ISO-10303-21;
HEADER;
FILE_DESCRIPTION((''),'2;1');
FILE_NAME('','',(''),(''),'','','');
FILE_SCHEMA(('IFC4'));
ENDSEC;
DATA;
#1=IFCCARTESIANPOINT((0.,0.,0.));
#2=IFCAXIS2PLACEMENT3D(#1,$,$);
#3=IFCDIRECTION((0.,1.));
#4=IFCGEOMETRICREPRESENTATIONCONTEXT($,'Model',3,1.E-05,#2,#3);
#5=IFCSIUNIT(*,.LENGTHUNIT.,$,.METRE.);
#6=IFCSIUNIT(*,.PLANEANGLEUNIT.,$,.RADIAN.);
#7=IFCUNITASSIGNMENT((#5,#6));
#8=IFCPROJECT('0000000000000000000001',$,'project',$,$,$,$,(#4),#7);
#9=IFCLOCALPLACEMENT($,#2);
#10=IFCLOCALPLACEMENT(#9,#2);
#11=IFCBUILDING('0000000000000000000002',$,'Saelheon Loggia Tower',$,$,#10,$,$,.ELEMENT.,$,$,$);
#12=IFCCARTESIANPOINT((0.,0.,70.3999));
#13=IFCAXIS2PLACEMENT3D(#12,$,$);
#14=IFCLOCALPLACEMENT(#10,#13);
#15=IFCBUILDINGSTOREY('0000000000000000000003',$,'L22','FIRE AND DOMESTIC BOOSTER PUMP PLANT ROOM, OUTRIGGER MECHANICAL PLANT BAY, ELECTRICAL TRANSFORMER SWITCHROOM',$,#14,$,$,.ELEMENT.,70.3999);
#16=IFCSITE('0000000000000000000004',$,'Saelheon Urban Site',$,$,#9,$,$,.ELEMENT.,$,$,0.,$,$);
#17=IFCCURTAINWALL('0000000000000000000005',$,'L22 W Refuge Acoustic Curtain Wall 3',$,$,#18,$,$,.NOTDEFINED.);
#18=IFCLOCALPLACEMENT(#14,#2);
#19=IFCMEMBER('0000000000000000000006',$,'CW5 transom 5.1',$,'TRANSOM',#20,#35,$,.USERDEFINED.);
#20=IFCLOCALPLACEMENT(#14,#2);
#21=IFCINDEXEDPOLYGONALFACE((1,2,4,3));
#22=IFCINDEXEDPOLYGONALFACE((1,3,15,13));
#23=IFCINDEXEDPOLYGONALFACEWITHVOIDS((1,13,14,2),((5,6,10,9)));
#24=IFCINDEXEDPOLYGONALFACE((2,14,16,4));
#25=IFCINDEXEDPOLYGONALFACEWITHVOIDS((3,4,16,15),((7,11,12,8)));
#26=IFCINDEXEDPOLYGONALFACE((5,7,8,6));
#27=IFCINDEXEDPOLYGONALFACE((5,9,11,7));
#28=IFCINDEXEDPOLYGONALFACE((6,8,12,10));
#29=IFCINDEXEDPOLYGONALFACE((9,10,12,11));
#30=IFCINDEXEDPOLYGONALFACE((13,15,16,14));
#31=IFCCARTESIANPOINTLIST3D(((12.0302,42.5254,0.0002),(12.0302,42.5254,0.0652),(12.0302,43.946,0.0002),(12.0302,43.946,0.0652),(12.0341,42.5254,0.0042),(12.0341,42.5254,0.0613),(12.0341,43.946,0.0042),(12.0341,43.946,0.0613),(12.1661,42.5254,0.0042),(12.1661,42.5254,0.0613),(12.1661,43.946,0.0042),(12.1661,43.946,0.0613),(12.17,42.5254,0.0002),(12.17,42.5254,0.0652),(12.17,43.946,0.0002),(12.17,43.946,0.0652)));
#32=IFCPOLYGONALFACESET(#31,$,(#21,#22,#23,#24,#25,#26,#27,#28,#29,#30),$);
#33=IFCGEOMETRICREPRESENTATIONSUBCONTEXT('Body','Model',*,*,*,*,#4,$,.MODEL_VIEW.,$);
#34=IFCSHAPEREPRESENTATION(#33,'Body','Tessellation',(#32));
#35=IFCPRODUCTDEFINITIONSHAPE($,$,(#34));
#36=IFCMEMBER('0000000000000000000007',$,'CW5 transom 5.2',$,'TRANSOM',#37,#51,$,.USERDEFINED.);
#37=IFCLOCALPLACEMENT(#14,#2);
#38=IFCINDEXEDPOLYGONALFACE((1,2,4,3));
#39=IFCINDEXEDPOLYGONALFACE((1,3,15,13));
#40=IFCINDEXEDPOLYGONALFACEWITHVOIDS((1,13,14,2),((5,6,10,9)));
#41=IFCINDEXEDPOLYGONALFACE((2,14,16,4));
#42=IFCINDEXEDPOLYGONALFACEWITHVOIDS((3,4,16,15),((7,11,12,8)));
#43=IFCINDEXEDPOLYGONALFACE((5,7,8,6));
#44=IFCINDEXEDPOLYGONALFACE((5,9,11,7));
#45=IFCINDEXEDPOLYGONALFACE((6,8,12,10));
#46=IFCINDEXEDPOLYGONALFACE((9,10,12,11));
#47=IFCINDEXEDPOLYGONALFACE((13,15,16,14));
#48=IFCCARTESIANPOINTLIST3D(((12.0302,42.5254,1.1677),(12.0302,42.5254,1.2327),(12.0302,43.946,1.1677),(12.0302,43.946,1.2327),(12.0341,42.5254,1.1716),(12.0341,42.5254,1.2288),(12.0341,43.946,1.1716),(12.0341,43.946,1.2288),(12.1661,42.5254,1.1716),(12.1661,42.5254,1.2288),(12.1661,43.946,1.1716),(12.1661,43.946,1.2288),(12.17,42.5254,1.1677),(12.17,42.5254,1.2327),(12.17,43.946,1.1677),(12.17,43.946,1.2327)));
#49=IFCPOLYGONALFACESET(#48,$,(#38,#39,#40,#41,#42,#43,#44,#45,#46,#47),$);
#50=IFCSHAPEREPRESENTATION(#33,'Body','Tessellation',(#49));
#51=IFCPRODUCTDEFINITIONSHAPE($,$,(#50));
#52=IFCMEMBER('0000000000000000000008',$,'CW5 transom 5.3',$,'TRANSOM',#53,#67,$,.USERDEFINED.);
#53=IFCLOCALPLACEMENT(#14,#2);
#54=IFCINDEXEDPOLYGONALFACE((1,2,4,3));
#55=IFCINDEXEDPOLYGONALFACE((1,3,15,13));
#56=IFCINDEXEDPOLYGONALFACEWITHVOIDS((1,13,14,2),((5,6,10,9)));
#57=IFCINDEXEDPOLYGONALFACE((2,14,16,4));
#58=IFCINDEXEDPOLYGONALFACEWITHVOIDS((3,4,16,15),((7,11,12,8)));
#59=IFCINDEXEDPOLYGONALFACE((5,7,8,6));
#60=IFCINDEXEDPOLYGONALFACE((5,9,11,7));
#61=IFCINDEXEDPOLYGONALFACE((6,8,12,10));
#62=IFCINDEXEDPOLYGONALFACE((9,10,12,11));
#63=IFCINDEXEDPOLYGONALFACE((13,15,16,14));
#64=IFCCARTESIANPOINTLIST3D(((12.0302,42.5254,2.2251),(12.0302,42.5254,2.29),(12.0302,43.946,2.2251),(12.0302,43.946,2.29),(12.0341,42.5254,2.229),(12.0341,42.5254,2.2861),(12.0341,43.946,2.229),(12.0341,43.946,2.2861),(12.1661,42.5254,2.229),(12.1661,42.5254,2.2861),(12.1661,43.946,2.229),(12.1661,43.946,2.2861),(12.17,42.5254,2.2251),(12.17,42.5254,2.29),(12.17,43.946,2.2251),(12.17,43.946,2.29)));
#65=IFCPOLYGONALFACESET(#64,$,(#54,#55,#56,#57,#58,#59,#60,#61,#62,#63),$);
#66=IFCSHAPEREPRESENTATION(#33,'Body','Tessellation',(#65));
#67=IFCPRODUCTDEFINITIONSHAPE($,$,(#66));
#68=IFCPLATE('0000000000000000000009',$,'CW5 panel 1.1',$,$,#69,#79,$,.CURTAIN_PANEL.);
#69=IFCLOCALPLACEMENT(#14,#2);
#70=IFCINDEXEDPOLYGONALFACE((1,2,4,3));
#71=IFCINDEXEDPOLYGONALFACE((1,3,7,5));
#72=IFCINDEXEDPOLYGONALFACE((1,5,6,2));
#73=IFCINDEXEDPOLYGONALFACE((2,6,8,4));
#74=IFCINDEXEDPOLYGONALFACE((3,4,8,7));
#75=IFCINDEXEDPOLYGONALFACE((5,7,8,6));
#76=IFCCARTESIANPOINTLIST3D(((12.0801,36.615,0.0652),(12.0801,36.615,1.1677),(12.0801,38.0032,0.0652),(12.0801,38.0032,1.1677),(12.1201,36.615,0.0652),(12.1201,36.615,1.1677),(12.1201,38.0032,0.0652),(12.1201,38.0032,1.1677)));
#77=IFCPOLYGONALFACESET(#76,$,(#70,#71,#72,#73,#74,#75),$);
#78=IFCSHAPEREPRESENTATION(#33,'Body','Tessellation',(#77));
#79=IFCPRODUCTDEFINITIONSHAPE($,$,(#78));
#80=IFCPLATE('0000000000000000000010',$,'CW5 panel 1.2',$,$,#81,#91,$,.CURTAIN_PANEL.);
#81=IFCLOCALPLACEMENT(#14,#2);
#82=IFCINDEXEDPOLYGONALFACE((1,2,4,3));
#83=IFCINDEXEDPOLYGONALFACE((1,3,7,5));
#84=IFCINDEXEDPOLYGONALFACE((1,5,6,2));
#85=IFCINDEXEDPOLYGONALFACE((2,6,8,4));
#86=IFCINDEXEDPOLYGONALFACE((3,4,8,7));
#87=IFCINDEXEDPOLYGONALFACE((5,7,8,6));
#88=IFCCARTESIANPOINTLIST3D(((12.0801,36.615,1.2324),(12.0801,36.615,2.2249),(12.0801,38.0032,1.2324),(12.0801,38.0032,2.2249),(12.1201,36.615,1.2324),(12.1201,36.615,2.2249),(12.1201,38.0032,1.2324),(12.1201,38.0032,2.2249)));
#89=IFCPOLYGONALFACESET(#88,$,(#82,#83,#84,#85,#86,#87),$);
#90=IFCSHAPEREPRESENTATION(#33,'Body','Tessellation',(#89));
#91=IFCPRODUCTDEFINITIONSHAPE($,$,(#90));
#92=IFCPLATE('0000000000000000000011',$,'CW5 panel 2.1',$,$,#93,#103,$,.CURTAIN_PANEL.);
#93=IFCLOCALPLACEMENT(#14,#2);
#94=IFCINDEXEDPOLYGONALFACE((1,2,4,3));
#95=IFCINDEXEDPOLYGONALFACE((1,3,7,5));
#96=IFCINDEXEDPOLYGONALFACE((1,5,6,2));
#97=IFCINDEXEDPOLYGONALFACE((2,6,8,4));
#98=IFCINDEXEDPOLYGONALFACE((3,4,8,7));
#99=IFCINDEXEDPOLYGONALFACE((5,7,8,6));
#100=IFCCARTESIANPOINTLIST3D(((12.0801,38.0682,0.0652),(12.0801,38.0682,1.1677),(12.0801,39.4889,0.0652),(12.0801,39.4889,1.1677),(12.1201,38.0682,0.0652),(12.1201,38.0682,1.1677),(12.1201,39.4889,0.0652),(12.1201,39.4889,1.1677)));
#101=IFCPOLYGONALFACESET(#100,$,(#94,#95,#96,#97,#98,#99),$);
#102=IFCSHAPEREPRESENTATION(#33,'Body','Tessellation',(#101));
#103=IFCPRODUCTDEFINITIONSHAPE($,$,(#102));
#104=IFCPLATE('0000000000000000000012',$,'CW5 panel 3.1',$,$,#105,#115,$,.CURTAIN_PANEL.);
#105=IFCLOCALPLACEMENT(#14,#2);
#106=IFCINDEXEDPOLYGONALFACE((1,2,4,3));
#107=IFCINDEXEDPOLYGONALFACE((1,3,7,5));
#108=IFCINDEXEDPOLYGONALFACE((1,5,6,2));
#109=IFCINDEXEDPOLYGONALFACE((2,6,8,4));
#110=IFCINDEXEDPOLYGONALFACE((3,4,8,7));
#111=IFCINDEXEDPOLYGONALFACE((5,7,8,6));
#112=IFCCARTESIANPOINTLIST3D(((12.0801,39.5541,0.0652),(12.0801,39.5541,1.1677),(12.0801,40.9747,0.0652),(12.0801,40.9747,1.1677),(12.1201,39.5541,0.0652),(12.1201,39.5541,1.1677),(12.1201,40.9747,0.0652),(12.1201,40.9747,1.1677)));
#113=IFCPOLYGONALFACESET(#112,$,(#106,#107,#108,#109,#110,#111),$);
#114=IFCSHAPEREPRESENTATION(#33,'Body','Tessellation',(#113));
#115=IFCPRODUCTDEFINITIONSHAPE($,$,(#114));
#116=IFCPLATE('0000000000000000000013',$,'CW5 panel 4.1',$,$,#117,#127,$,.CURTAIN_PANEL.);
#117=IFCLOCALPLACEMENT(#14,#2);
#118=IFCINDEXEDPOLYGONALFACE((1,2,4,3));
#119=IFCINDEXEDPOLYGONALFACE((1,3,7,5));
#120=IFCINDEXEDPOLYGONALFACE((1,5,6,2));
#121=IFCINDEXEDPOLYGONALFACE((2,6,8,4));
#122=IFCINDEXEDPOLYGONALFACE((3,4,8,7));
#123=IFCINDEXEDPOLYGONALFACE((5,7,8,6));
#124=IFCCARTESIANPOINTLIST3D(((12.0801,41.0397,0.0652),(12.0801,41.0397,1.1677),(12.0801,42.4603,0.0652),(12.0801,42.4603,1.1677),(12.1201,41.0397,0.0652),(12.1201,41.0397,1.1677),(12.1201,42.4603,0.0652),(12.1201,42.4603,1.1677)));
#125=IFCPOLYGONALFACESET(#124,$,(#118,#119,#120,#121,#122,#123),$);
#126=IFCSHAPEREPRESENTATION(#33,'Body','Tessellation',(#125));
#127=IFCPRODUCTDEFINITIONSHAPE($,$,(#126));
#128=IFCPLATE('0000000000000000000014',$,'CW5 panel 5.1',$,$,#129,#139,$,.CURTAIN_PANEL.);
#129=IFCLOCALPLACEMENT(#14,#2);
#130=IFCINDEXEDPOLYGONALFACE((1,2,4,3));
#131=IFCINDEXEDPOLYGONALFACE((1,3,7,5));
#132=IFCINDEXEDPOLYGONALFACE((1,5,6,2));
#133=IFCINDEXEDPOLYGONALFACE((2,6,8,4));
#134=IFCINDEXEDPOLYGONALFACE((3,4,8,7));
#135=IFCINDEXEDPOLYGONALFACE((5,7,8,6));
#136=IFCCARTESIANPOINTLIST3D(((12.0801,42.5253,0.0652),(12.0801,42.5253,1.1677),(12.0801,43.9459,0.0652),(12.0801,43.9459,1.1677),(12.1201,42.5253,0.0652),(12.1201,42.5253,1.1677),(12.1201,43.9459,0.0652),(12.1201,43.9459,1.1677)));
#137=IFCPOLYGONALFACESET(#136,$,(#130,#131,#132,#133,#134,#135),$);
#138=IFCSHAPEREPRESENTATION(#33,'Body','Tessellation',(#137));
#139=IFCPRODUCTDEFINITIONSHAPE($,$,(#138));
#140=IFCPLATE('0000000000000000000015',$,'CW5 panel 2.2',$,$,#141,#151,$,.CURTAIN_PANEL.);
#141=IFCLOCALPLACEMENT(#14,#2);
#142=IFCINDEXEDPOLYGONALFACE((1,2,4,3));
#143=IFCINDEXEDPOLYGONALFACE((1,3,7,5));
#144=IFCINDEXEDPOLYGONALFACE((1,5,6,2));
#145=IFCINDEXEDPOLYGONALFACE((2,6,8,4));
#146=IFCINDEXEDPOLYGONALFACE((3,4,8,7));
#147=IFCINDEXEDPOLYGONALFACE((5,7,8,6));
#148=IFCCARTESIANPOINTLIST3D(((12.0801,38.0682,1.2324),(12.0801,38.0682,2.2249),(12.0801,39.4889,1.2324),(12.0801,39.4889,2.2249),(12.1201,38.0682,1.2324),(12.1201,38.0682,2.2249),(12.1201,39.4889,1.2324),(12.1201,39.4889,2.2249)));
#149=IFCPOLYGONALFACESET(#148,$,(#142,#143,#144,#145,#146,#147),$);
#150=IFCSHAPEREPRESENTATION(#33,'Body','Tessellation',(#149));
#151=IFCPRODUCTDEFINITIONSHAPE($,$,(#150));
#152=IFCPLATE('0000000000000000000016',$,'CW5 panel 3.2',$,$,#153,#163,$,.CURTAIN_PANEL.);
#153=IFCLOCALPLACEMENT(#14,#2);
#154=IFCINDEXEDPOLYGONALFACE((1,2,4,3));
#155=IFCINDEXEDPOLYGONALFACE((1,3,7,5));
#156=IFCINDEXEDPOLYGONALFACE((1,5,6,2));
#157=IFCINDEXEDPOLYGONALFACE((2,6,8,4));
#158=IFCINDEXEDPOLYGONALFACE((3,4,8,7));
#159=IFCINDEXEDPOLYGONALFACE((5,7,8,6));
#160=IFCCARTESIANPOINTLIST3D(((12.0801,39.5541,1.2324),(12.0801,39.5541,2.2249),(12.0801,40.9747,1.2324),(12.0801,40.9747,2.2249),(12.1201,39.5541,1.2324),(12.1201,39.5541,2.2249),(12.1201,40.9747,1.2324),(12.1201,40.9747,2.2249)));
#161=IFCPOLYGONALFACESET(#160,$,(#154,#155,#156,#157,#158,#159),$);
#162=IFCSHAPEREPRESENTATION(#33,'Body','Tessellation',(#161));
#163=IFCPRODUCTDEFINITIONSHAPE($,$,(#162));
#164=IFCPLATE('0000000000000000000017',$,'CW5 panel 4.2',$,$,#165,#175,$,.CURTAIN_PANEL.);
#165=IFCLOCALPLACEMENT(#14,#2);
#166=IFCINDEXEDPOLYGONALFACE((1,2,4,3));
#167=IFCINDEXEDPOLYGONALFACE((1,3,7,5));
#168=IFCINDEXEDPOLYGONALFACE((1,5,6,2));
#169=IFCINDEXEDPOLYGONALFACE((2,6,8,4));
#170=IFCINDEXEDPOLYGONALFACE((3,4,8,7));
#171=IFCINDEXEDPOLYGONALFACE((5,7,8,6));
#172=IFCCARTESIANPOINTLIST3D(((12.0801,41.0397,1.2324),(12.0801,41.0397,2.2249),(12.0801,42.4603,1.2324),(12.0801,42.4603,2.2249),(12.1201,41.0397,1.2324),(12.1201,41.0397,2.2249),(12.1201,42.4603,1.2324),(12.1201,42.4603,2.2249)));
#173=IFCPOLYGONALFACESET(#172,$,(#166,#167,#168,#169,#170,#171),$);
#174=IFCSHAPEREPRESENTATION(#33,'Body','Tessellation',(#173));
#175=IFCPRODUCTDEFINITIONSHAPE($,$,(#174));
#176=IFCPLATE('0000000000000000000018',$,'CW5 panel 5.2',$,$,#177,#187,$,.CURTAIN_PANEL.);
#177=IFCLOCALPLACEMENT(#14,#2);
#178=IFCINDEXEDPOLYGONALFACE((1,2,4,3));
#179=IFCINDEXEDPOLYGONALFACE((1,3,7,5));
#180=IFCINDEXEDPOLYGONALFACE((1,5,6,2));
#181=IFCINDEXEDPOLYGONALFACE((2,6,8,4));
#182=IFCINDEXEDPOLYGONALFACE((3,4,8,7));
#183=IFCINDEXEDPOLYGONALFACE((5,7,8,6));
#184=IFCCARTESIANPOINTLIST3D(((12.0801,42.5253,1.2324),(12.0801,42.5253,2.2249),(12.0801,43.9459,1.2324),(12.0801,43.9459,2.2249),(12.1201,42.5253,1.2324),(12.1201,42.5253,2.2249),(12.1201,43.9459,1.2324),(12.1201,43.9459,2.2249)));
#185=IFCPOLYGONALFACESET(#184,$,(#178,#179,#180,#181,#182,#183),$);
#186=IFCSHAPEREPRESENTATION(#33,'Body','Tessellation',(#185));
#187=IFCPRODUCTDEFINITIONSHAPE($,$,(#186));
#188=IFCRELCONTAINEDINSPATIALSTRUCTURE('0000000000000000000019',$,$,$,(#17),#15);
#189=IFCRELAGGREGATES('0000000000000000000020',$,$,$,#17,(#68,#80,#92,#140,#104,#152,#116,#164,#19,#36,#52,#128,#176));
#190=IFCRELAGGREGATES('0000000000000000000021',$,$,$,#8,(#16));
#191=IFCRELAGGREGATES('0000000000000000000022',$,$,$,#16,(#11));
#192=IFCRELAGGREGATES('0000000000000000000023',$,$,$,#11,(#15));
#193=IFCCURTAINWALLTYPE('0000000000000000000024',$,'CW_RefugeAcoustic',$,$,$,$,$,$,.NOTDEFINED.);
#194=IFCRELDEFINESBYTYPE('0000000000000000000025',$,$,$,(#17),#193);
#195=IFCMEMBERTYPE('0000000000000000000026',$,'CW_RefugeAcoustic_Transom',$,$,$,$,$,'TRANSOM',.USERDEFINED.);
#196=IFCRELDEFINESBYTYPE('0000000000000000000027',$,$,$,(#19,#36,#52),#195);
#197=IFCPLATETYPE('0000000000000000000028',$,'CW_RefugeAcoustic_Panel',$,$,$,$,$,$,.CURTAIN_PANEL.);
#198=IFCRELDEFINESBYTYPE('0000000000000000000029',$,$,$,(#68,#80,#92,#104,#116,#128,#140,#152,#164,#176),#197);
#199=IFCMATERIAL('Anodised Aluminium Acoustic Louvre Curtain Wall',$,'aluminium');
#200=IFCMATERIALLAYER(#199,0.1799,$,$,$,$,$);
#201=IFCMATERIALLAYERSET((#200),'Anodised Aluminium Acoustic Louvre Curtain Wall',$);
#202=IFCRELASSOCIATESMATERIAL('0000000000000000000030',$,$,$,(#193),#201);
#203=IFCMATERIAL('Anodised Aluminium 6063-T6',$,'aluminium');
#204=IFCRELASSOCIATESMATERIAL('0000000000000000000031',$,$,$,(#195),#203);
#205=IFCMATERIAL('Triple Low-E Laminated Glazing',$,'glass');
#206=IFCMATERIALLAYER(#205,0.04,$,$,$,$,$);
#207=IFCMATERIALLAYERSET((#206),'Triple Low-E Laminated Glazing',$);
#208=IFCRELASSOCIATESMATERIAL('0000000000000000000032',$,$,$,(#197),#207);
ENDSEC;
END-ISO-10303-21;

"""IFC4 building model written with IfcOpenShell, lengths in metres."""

from ifc_helpers import new_model, si_unit, direction, frame, origin, origin_2d, place, context, subcontext, project, spatial, rectangle, hollow_rectangle, extrude, source, transform, mapped, material, layer, layer_set, material_profile, profile_set, type_object, element, aggregate, save


model = new_model("IFC4")

# Units and contexts
model_context = context("Model", 3, precision=1e-05, world=origin(), true_north=direction((0.0, 1.0)))
body_context = subcontext(model_context, "Body", "Model", "MODEL_VIEW")
ifc_project = project(units=[si_unit("LENGTHUNIT", "METRE"), si_unit("PLANEANGLEUNIT", "RADIAN")], contexts=[model_context])

# Site, building, storey
site_placement = place(None, origin())
site = spatial("IfcSite", under=ifc_project, at=site_placement, Name="Saelheon Urban Site", CompositionType="ELEMENT", RefElevation=0.0)
building_placement = place(site_placement, origin())
building = spatial("IfcBuilding", under=site, at=building_placement, Name="Saelheon Loggia Tower", CompositionType="ELEMENT")
storey_placement = place(building_placement, frame((0.0, 0.0, 70.3999)))
storey = spatial("IfcBuildingStorey", under=building, at=storey_placement, Name="L22", Description="FIRE AND DOMESTIC BOOSTER PUMP PLANT ROOM, OUTRIGGER MECHANICAL PLANT BAY, ELECTRICAL TRANSFORMER SWITCHROOM", CompositionType="ELEMENT", Elevation=70.3999)

# Curtain wall, members, plates
ifc_material_1 = material(Name="Anodised Aluminium Acoustic Louvre Curtain Wall", Category="aluminium")
ifc_layer_1 = layer(ifc_material_1, 0.1799)
ifc_layer_set_1 = layer_set([ifc_layer_1], Name="Anodised Aluminium Acoustic Louvre Curtain Wall")
curtain_wall_type = type_object("IfcCurtainWallType", Name="CW_RefugeAcoustic", PredefinedType="NOTDEFINED", material=ifc_layer_set_1)
curtain_wall_placement = place(storey_placement, origin())
curtain_wall = element("IfcCurtainWall", 1, at=curtain_wall_placement, inside=storey, type_object=curtain_wall_type, Name="L22 W Refuge Acoustic Curtain Wall 3", PredefinedType="NOTDEFINED")
ifc_material_2 = material(Name="Anodised Aluminium 6063-T6", Category="aluminium")
ifc_material_profile_1 = material_profile(ifc_material_2, hollow_rectangle(XDim=0.0649, YDim=0.1399, WallThickness=0.0039, at=origin_2d()), Name="RHS-140x65x4")
ifc_profile_set_1 = profile_set([ifc_material_profile_1], Name="Anodised Aluminium 6063-T6")
member_type_1 = type_object("IfcMemberType", Name="CW_RefugeAcoustic_Transom", ElementType="TRANSOM", PredefinedType="USERDEFINED", material=ifc_profile_set_1)
shared_shape_1 = source(origin(), body_context, "Body", "SweptSolid", [
    extrude(hollow_rectangle(XDim=0.0649, YDim=0.1399, WallThickness=0.0039, at=origin_2d()), origin(), (0.0, 0.0, 1.0), 1.4207),
])
member_1_placement = place(storey_placement, frame((12.1001, 42.5254, 0.0327), z_axis=(0.0, 1.0, 0.0), x_axis=(0.0, 0.0, 1.0)))
member_1 = element("IfcMember", 2, at=member_1_placement, type_object=member_type_1, Name="CW5 transom 5.1", ObjectType="TRANSOM", PredefinedType="USERDEFINED", context=body_context, shape_type="MappedRepresentation", body=[
    mapped(shared_shape_1, transform((0.0, 0.0, 0.0), scale=1.0)),
])
member_2_placement = place(storey_placement, frame((12.1001, 42.5254, 1.2002), z_axis=(0.0, 1.0, 0.0), x_axis=(0.0, 0.0, 1.0)))
member_2 = element("IfcMember", 3, at=member_2_placement, type_object=member_type_1, Name="CW5 transom 5.2", ObjectType="TRANSOM", PredefinedType="USERDEFINED", context=body_context, shape_type="MappedRepresentation", body=[
    mapped(shared_shape_1, transform((0.0, 0.0, 0.0), scale=1.0)),
])
member_3_placement = place(storey_placement, frame((12.1001, 42.5254, 2.2576), z_axis=(0.0, 1.0, 0.0), x_axis=(0.0, 0.0, 1.0)))
member_3 = element("IfcMember", 4, at=member_3_placement, type_object=member_type_1, Name="CW5 transom 5.3", ObjectType="TRANSOM", PredefinedType="USERDEFINED", context=body_context, shape_type="MappedRepresentation", body=[
    mapped(shared_shape_1, transform((0.0, 0.0, 0.0), scale=1.0)),
])
ifc_material_3 = material(Name="Triple Low-E Laminated Glazing", Category="glass")
ifc_layer_2 = layer(ifc_material_3, 0.04)
ifc_layer_set_2 = layer_set([ifc_layer_2], Name="Triple Low-E Laminated Glazing")
plate_type = type_object("IfcPlateType", Name="CW_RefugeAcoustic_Panel", PredefinedType="CURTAIN_PANEL", material=ifc_layer_set_2)
shared_shape_2 = source(origin(), body_context, "Body", "SweptSolid", [
    extrude(rectangle(XDim=1.3882, YDim=0.04, at=origin_2d()), origin(), (0.0, 0.0, 1.0), 1.1025),
])
plate_1_placement = place(storey_placement, frame((12.1001, 37.3091, 0.0652), z_axis=(0.0, 0.0, 1.0), x_axis=(0.0, 1.0, 0.0)))
plate_1 = element("IfcPlate", 5, at=plate_1_placement, type_object=plate_type, Name="CW5 panel 1.1", PredefinedType="CURTAIN_PANEL", context=body_context, shape_type="MappedRepresentation", body=[
    mapped(shared_shape_2, transform((0.0, 0.0, 0.0), scale=1.0)),
])
shared_shape_3 = source(origin(), body_context, "Body", "SweptSolid", [
    extrude(rectangle(XDim=1.3882, YDim=0.04, at=origin_2d()), origin(), (0.0, 0.0, 1.0), 0.9924),
])
plate_2_placement = place(storey_placement, frame((12.1001, 37.3091, 1.2324), z_axis=(0.0, 0.0, 1.0), x_axis=(0.0, 1.0, 0.0)))
plate_2 = element("IfcPlate", 6, at=plate_2_placement, type_object=plate_type, Name="CW5 panel 1.2", PredefinedType="CURTAIN_PANEL", context=body_context, shape_type="MappedRepresentation", body=[
    mapped(shared_shape_3, transform((0.0, 0.0, 0.0), scale=1.0)),
])
shared_shape_4 = source(origin(), body_context, "Body", "SweptSolid", [
    extrude(rectangle(XDim=1.4207, YDim=0.04, at=origin_2d()), origin(), (0.0, 0.0, 1.0), 1.1025),
])
plate_3_placement = place(storey_placement, frame((12.1001, 38.7786, 0.0652), z_axis=(0.0, 0.0, 1.0), x_axis=(0.0, 1.0, 0.0)))
plate_3 = element("IfcPlate", 7, at=plate_3_placement, type_object=plate_type, Name="CW5 panel 2.1", PredefinedType="CURTAIN_PANEL", context=body_context, shape_type="MappedRepresentation", body=[
    mapped(shared_shape_4, transform((0.0, 0.0, 0.0), scale=1.0)),
])
plate_4_placement = place(storey_placement, frame((12.1001, 40.2644, 0.0652), z_axis=(0.0, 0.0, 1.0), x_axis=(0.0, 1.0, 0.0)))
plate_4 = element("IfcPlate", 8, at=plate_4_placement, type_object=plate_type, Name="CW5 panel 3.1", PredefinedType="CURTAIN_PANEL", context=body_context, shape_type="MappedRepresentation", body=[
    mapped(shared_shape_4, transform((0.0, 0.0, 0.0), scale=1.0)),
])
plate_5_placement = place(storey_placement, frame((12.1001, 41.75, 0.0652), z_axis=(0.0, 0.0, 1.0), x_axis=(0.0, 1.0, 0.0)))
plate_5 = element("IfcPlate", 9, at=plate_5_placement, type_object=plate_type, Name="CW5 panel 4.1", PredefinedType="CURTAIN_PANEL", context=body_context, shape_type="MappedRepresentation", body=[
    mapped(shared_shape_4, transform((0.0, 0.0, 0.0), scale=1.0)),
])
plate_6_placement = place(storey_placement, frame((12.1001, 43.2356, 0.0652), z_axis=(0.0, 0.0, 1.0), x_axis=(0.0, 1.0, 0.0)))
plate_6 = element("IfcPlate", 10, at=plate_6_placement, type_object=plate_type, Name="CW5 panel 5.1", PredefinedType="CURTAIN_PANEL", context=body_context, shape_type="MappedRepresentation", body=[
    mapped(shared_shape_4, transform((0.0, 0.0, 0.0), scale=1.0)),
])
shared_shape_5 = source(origin(), body_context, "Body", "SweptSolid", [
    extrude(rectangle(XDim=1.4207, YDim=0.04, at=origin_2d()), origin(), (0.0, 0.0, 1.0), 0.9924),
])
plate_7_placement = place(storey_placement, frame((12.1001, 38.7786, 1.2324), z_axis=(0.0, 0.0, 1.0), x_axis=(0.0, 1.0, 0.0)))
plate_7 = element("IfcPlate", 11, at=plate_7_placement, type_object=plate_type, Name="CW5 panel 2.2", PredefinedType="CURTAIN_PANEL", context=body_context, shape_type="MappedRepresentation", body=[
    mapped(shared_shape_5, transform((0.0, 0.0, 0.0), scale=1.0)),
])
plate_8_placement = place(storey_placement, frame((12.1001, 40.2644, 1.2324), z_axis=(0.0, 0.0, 1.0), x_axis=(0.0, 1.0, 0.0)))
plate_8 = element("IfcPlate", 12, at=plate_8_placement, type_object=plate_type, Name="CW5 panel 3.2", PredefinedType="CURTAIN_PANEL", context=body_context, shape_type="MappedRepresentation", body=[
    mapped(shared_shape_5, transform((0.0, 0.0, 0.0), scale=1.0)),
])
plate_9_placement = place(storey_placement, frame((12.1001, 41.75, 1.2324), z_axis=(0.0, 0.0, 1.0), x_axis=(0.0, 1.0, 0.0)))
plate_9 = element("IfcPlate", 13, at=plate_9_placement, type_object=plate_type, Name="CW5 panel 4.2", PredefinedType="CURTAIN_PANEL", context=body_context, shape_type="MappedRepresentation", body=[
    mapped(shared_shape_5, transform((0.0, 0.0, 0.0), scale=1.0)),
])
plate_10_placement = place(storey_placement, frame((12.1001, 43.2356, 1.2324), z_axis=(0.0, 0.0, 1.0), x_axis=(0.0, 1.0, 0.0)))
plate_10 = element("IfcPlate", 14, at=plate_10_placement, type_object=plate_type, Name="CW5 panel 5.2", PredefinedType="CURTAIN_PANEL", context=body_context, shape_type="MappedRepresentation", body=[
    mapped(shared_shape_5, transform((0.0, 0.0, 0.0), scale=1.0)),
])
aggregate(curtain_wall, [plate_1, plate_2, plate_3, plate_7, plate_4, plate_8, plate_5, plate_9, member_1, member_2, member_3, plate_6, plate_10])

save(model, "model.ifc")
